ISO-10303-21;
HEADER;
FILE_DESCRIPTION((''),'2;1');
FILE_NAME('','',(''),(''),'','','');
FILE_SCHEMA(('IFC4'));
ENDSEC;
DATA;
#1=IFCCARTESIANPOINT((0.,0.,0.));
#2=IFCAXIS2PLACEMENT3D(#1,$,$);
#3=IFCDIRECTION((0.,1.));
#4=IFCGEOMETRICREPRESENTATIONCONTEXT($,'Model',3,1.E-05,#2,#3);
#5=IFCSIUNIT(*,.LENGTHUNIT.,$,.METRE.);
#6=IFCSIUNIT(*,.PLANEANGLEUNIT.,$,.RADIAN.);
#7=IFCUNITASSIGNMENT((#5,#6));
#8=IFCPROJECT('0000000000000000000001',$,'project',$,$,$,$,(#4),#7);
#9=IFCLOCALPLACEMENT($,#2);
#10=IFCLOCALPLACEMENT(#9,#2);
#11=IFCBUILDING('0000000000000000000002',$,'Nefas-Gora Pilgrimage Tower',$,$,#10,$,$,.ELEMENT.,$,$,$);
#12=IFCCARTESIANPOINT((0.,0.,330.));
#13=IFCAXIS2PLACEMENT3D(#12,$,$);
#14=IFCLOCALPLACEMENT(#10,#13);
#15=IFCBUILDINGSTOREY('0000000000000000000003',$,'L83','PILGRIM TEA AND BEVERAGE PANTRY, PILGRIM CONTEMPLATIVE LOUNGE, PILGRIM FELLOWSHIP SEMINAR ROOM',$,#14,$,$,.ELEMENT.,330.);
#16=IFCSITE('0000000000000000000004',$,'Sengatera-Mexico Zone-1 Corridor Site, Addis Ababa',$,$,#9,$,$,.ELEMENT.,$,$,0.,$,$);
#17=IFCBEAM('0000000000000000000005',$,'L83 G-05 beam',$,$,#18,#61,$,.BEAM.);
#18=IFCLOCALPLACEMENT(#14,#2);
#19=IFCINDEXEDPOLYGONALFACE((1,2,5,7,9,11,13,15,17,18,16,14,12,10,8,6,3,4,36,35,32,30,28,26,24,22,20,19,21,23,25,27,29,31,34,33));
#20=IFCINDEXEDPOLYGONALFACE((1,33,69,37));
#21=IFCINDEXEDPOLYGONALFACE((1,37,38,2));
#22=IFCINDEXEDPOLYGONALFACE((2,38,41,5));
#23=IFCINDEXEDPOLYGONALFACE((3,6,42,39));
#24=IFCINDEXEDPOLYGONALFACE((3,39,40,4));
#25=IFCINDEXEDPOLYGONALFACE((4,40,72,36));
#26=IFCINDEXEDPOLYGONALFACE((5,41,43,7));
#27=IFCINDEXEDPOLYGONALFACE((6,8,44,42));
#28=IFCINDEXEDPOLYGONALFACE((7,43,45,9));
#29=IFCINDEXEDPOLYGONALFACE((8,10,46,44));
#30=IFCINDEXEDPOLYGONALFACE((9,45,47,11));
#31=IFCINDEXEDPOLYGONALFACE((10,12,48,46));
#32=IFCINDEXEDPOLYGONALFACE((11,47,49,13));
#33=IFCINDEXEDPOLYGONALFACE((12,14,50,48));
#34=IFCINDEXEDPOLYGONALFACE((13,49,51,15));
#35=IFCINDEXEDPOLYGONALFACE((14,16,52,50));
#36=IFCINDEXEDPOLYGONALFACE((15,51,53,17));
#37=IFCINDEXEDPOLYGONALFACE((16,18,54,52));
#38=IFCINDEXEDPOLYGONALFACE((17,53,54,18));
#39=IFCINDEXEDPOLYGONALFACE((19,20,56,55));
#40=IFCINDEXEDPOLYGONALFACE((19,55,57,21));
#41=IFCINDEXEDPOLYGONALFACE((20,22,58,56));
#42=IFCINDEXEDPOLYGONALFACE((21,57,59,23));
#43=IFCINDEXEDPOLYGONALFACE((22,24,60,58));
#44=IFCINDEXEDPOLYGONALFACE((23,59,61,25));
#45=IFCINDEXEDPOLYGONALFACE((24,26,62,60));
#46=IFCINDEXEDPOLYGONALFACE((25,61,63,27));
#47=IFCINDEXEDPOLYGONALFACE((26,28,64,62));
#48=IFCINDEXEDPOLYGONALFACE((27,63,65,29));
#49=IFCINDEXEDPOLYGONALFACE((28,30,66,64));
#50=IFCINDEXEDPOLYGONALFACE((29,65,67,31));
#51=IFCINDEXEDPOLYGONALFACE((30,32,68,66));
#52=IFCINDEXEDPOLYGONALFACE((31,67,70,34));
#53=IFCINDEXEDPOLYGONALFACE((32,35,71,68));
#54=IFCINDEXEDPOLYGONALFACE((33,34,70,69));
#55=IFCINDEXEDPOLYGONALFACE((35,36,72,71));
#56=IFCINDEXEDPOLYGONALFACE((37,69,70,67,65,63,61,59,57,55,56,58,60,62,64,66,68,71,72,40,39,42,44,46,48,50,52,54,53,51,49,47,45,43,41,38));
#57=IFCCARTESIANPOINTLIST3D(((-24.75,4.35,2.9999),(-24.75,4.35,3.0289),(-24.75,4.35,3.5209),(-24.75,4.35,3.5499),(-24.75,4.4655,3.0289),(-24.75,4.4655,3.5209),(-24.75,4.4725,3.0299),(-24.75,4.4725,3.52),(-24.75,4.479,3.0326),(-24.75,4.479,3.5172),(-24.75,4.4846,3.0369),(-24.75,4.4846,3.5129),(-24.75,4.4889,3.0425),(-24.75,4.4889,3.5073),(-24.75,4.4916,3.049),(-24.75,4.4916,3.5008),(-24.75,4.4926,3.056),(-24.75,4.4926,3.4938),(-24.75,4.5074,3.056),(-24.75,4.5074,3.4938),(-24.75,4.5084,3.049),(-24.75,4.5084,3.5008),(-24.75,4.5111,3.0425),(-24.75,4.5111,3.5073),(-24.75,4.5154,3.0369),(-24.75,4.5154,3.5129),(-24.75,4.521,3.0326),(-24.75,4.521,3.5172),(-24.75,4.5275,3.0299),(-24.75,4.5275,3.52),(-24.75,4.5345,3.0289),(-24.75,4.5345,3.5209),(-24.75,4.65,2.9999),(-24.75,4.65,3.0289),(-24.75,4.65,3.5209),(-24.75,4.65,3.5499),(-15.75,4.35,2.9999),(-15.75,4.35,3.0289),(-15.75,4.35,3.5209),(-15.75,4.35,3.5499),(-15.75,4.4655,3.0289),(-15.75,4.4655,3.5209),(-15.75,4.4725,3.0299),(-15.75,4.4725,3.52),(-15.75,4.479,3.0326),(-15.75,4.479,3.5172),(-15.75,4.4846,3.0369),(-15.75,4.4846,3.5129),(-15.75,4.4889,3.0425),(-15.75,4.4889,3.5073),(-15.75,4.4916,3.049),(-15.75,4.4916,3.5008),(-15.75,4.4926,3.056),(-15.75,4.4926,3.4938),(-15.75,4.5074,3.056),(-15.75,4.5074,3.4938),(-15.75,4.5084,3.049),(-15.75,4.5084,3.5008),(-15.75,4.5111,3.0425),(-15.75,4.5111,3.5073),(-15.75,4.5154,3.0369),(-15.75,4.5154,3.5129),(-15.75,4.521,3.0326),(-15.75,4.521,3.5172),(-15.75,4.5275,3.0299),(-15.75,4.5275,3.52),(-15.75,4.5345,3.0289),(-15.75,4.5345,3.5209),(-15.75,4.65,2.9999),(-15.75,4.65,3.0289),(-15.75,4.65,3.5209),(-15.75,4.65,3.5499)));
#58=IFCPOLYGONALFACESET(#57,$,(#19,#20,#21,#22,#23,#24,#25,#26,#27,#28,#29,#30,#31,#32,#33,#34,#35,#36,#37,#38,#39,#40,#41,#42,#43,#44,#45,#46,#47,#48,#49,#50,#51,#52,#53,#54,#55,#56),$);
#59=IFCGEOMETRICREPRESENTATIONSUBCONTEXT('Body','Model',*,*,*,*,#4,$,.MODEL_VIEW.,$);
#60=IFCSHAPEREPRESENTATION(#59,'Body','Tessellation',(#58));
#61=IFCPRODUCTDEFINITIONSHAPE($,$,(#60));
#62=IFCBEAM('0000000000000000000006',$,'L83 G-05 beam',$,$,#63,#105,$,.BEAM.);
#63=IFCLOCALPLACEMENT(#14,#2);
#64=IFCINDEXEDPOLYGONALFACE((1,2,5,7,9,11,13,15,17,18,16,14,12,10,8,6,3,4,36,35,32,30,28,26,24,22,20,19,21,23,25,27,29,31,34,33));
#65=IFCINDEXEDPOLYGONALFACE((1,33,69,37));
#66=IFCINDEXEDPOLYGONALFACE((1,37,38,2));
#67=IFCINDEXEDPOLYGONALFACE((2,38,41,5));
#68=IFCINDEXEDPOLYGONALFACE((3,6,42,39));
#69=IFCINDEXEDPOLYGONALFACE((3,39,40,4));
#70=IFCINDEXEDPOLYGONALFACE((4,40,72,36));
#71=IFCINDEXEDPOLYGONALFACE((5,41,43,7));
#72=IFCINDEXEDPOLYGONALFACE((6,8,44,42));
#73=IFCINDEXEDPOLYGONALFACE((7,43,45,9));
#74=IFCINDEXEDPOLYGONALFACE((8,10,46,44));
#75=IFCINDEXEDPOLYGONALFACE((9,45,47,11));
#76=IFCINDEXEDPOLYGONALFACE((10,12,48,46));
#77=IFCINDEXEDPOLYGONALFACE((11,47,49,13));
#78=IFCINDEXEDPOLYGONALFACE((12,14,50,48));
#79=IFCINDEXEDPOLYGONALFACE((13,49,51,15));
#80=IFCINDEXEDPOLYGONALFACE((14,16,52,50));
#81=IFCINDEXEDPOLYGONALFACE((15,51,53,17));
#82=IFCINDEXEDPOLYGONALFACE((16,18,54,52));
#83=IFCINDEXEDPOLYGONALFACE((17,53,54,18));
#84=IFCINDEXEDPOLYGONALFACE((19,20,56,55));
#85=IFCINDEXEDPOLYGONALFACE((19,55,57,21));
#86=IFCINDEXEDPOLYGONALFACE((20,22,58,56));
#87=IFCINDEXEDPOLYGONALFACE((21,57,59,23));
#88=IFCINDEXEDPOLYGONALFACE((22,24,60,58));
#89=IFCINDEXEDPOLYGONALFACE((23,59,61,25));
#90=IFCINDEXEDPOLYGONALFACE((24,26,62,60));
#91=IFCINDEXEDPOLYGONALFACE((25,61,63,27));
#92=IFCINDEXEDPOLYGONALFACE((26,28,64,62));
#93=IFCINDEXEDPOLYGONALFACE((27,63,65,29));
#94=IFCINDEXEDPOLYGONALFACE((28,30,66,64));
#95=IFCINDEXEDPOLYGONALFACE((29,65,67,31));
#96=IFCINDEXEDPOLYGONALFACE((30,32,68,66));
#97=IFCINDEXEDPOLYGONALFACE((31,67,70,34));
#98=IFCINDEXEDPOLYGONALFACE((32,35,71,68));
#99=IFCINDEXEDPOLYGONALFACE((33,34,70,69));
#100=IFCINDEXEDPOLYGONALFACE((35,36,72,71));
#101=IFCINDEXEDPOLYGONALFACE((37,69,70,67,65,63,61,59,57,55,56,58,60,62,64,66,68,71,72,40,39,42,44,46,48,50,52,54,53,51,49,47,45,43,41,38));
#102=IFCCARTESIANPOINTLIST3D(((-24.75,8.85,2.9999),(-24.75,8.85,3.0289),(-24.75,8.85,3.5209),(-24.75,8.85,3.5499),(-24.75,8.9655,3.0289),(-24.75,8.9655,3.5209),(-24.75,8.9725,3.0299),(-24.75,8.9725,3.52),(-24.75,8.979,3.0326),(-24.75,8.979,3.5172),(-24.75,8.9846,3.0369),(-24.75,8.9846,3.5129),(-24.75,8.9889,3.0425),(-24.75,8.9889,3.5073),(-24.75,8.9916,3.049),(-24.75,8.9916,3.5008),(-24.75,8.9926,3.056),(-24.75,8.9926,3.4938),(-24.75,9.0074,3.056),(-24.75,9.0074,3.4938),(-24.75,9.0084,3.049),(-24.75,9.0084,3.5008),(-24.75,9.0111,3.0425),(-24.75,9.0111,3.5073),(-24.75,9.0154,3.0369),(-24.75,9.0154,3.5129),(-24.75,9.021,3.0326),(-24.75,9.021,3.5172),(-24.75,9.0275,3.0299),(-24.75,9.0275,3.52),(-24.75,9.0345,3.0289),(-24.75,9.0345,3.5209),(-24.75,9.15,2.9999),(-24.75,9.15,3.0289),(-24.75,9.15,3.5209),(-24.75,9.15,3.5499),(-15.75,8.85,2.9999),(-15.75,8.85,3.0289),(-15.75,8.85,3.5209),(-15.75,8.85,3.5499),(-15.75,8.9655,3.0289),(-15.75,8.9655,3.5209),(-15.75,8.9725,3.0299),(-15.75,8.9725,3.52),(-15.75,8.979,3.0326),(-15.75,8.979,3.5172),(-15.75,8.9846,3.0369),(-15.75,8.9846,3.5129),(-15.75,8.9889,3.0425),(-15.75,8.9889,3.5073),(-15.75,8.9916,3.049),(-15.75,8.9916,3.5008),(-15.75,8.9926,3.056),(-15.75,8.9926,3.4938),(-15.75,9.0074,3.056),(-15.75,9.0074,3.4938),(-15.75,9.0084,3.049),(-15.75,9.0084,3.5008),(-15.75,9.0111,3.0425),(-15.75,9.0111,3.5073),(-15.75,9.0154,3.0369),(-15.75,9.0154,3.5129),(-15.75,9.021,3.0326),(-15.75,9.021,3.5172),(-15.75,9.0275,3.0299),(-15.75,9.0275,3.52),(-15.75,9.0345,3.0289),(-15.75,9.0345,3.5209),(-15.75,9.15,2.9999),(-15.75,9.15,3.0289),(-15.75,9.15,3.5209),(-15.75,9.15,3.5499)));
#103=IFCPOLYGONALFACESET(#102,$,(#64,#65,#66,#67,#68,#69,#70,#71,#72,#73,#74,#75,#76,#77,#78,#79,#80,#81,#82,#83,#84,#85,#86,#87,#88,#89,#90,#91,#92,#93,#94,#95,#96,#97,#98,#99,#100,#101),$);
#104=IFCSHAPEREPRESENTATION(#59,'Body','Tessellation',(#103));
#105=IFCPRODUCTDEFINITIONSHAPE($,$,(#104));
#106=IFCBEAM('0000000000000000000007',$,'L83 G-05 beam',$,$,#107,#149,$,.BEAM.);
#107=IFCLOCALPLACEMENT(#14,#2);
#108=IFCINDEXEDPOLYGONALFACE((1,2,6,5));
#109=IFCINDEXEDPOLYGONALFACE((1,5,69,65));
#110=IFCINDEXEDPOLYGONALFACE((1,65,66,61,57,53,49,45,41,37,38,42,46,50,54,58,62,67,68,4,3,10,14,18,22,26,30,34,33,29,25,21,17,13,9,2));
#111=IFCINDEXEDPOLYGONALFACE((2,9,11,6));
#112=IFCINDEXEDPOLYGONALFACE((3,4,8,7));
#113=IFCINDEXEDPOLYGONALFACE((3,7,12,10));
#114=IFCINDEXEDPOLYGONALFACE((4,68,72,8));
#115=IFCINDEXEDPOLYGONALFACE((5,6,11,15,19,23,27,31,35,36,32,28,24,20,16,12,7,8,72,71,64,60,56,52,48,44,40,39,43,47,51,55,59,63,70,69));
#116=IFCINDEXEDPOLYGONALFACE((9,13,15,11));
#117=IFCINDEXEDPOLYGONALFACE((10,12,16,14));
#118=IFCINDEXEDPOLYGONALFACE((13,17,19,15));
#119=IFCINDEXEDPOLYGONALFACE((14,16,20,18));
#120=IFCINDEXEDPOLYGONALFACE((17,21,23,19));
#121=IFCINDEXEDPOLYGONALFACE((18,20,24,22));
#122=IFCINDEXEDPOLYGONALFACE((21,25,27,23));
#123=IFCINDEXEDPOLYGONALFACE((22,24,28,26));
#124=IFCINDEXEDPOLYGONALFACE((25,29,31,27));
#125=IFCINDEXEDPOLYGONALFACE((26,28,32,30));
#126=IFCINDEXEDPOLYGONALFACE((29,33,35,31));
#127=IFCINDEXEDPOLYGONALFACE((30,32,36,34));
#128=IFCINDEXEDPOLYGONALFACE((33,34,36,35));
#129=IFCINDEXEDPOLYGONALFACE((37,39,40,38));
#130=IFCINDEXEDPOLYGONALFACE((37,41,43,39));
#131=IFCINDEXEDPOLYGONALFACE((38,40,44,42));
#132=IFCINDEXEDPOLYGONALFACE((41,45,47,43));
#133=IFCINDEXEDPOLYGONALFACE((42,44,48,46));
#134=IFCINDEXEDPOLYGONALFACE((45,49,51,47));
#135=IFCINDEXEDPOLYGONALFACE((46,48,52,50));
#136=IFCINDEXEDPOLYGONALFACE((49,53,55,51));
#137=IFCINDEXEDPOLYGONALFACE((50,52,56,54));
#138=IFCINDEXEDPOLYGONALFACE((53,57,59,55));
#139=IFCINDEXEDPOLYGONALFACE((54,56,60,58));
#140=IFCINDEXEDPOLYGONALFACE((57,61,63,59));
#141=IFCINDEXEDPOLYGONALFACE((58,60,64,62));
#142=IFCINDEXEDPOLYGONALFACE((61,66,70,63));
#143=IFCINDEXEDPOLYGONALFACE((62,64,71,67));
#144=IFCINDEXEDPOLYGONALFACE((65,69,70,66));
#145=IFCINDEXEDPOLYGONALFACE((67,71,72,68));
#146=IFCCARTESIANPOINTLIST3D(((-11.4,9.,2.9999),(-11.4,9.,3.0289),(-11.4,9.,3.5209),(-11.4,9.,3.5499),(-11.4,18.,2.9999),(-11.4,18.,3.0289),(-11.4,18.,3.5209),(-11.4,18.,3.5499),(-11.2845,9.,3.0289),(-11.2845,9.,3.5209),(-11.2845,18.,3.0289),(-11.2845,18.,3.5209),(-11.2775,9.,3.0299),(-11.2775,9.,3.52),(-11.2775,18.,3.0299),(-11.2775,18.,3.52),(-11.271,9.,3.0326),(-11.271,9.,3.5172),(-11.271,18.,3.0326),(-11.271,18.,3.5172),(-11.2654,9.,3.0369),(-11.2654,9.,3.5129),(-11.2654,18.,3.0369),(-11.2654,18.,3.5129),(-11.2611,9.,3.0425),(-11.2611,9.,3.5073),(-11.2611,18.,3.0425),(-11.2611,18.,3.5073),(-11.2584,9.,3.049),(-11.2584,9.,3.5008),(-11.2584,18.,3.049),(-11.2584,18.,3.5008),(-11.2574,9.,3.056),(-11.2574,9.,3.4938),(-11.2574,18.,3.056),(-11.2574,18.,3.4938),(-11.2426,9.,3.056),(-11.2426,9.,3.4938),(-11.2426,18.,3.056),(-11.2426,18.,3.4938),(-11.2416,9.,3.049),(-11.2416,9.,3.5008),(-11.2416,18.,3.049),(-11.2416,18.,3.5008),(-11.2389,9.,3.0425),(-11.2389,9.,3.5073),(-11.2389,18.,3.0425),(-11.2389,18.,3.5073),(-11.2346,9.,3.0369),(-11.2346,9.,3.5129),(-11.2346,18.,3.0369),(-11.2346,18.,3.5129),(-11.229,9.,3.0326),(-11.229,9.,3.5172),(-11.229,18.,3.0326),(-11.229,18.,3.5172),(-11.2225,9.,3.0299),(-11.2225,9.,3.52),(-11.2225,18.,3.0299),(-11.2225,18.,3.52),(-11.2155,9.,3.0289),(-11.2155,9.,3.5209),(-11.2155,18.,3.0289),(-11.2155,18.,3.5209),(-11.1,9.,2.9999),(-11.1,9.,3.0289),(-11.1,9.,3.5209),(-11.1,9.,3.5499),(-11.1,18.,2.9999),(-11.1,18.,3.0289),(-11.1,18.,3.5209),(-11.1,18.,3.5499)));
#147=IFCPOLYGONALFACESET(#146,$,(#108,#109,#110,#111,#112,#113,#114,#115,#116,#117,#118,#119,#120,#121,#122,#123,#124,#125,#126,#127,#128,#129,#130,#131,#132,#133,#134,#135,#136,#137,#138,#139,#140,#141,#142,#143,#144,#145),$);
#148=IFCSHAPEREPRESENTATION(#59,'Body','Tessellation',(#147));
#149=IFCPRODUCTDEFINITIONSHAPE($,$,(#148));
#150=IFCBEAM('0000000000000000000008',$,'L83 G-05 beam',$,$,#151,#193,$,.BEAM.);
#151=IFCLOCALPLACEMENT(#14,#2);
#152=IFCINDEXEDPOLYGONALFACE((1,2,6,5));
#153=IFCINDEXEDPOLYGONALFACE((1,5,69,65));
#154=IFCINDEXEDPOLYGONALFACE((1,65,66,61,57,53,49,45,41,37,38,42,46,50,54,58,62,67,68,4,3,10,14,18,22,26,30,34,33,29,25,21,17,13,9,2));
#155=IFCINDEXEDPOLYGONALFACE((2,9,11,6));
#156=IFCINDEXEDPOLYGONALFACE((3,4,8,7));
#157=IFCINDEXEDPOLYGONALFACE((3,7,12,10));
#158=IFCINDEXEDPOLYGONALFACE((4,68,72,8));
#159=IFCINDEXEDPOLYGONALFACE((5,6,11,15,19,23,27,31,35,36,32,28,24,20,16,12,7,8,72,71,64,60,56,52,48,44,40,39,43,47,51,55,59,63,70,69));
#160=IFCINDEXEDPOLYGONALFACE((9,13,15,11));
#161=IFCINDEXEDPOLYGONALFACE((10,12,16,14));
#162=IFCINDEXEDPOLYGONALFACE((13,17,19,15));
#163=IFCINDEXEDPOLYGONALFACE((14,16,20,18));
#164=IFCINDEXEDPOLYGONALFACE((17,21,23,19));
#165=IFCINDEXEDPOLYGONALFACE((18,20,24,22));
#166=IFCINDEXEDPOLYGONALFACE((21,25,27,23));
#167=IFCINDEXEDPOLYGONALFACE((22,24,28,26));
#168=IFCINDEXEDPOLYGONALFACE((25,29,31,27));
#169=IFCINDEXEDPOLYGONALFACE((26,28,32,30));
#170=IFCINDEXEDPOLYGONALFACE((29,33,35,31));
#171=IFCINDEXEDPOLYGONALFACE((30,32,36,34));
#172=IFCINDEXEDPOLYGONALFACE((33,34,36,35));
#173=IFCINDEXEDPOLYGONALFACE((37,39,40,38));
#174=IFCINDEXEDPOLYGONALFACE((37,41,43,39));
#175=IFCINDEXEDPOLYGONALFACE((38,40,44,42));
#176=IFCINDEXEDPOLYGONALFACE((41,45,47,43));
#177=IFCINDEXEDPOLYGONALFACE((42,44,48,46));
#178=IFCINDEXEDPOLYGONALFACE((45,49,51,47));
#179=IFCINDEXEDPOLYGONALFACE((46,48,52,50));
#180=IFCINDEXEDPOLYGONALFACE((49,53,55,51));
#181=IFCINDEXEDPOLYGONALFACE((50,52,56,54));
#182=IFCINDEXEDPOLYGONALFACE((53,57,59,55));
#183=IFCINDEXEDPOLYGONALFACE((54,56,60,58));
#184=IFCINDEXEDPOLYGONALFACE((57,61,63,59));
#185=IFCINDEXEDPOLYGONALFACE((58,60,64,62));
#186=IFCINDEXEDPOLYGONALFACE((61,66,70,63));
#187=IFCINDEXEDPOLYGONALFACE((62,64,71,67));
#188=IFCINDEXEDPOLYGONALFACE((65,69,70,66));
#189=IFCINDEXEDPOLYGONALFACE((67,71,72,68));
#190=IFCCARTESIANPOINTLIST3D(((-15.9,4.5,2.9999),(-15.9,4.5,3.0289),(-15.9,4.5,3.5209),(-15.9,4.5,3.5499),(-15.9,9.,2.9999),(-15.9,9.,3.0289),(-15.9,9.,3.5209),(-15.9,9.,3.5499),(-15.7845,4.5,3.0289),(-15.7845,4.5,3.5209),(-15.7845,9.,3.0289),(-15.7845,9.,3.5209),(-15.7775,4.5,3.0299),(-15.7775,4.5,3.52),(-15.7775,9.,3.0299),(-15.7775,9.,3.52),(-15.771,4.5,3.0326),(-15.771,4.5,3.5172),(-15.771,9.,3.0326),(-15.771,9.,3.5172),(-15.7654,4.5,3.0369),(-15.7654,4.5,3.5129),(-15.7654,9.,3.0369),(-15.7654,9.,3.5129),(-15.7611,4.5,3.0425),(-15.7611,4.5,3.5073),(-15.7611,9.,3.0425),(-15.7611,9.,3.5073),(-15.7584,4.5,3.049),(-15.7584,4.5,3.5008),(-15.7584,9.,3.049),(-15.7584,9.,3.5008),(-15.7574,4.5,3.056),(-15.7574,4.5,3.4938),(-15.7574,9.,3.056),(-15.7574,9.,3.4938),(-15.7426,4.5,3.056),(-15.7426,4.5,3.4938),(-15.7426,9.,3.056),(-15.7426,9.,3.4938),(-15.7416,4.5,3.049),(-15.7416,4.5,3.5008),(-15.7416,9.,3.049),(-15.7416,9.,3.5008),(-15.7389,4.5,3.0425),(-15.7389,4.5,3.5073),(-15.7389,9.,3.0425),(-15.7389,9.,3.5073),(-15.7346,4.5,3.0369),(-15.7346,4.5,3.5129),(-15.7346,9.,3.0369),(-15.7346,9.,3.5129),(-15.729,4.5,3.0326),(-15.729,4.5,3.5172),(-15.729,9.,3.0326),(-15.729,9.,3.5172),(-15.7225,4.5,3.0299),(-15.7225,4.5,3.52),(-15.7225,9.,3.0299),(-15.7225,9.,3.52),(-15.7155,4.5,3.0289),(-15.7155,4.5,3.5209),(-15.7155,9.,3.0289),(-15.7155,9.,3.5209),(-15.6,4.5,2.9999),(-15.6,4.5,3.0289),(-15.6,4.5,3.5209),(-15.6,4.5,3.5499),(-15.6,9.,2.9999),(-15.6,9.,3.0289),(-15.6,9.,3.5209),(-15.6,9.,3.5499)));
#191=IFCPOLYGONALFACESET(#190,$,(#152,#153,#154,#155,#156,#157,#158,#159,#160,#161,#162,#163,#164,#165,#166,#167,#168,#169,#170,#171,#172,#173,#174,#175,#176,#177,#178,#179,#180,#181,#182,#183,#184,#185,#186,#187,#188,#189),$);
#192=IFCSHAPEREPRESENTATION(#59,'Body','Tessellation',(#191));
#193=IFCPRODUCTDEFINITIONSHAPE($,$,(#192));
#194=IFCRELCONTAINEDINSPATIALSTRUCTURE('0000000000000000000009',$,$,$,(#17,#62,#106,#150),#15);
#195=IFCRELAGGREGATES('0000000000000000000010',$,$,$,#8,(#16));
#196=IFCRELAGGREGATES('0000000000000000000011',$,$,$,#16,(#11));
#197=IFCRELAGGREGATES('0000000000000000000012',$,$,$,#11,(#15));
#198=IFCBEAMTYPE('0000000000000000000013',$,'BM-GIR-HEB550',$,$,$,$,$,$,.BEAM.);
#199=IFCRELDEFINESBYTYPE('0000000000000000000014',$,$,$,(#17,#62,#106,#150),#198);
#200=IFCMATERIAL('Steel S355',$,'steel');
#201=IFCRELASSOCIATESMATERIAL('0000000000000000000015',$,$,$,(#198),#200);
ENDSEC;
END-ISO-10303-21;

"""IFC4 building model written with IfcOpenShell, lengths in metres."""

from ifc_helpers import new_model, si_unit, direction, frame, origin, origin_2d, place, context, subcontext, project, spatial, i_section, extrude, source, transform, mapped, material, material_profile, profile_set, type_object, element, save


model = new_model("IFC4")

# Units and contexts
model_context = context("Model", 3, precision=1e-05, world=origin(), true_north=direction((0.0, 1.0)))
body_context = subcontext(model_context, "Body", "Model", "MODEL_VIEW")
ifc_project = project(units=[si_unit("LENGTHUNIT", "METRE"), si_unit("PLANEANGLEUNIT", "RADIAN")], contexts=[model_context])

# Site, building, storey
site_placement = place(None, origin())
site = spatial("IfcSite", under=ifc_project, at=site_placement, Name="Sengatera-Mexico Zone-1 Corridor Site, Addis Ababa", CompositionType="ELEMENT", RefElevation=0.0)
building_placement = place(site_placement, origin())
building = spatial("IfcBuilding", under=site, at=building_placement, Name="Nefas-Gora Pilgrimage Tower", CompositionType="ELEMENT")
storey_placement = place(building_placement, frame((0.0, 0.0, 330.0)))
storey = spatial("IfcBuildingStorey", under=building, at=storey_placement, Name="L83", Description="PILGRIM TEA AND BEVERAGE PANTRY, PILGRIM CONTEMPLATIVE LOUNGE, PILGRIM FELLOWSHIP SEMINAR ROOM", CompositionType="ELEMENT", Elevation=330.0)

# Shared definitions
ifc_material_1 = material(Name="Steel S355", Category="steel")

# Beams
ifc_material_profile_1 = material_profile(ifc_material_1, i_section(OverallWidth=0.3, OverallDepth=0.55, WebThickness=0.0149, FlangeThickness=0.0291, FilletRadius=0.0271, at=origin_2d()), Name="HEB 550")
ifc_profile_set_1 = profile_set([ifc_material_profile_1], Name="Steel S355")
beam_type_1 = type_object("IfcBeamType", Name="BM-GIR-HEB550", PredefinedType="BEAM", material=ifc_profile_set_1)
shared_shape_1 = source(origin(), body_context, "Body", "SweptSolid", [
    extrude(i_section(OverallWidth=0.3, OverallDepth=0.55, WebThickness=0.0149, FlangeThickness=0.0291, FilletRadius=0.0271, at=origin_2d()), origin(), (0.0, 0.0, 1.0), 9.0),
])
for number, where, z_axis, x_axis, name in (
    (1, (-24.75, 4.5, 3.2749), (1.0, 0.0, 0.0), (0.0, 1.0, 0.0), "L83 G-05 beam"),
    (2, (-24.75, 9.0, 3.2749), (1.0, 0.0, 0.0), (0.0, 1.0, 0.0), "L83 G-05 beam"),
    (3, (-11.25, 9.0, 3.2749), (0.0, 1.0, 0.0), (-1.0, 0.0, 0.0), "L83 G-05 beam"),
):
    element("IfcBeam", number, at=place(storey_placement, frame(where, z_axis=z_axis, x_axis=x_axis)), inside=storey, type_object=beam_type_1, Name=name, PredefinedType="BEAM", context=body_context, shape_type="MappedRepresentation", body=[
        mapped(shared_shape_1, transform((0.0, 0.0, 0.0), x_axis=(1.0, 0.0, 0.0), y_axis=(0.0, 1.0, 0.0), z_axis=(0.0, 0.0, 1.0), scale=1.0)),
    ])
shared_shape_2 = source(origin(), body_context, "Body", "SweptSolid", [
    extrude(i_section(OverallWidth=0.3, OverallDepth=0.55, WebThickness=0.0149, FlangeThickness=0.0291, FilletRadius=0.0271, at=origin_2d()), origin(), (0.0, 0.0, 1.0), 4.5),
])
for number, where, z_axis, x_axis, name in (
    (4, (-15.75, 4.5, 3.2749), (0.0, 1.0, 0.0), (-1.0, 0.0, 0.0), "L83 G-05 beam"),
):
    element("IfcBeam", number, at=place(storey_placement, frame(where, z_axis=z_axis, x_axis=x_axis)), inside=storey, type_object=beam_type_1, Name=name, PredefinedType="BEAM", context=body_context, shape_type="MappedRepresentation", body=[
        mapped(shared_shape_2, transform((0.0, 0.0, 0.0), x_axis=(1.0, 0.0, 0.0), y_axis=(0.0, 1.0, 0.0), z_axis=(0.0, 0.0, 1.0), scale=1.0)),
    ])

save(model, "model.ifc")
